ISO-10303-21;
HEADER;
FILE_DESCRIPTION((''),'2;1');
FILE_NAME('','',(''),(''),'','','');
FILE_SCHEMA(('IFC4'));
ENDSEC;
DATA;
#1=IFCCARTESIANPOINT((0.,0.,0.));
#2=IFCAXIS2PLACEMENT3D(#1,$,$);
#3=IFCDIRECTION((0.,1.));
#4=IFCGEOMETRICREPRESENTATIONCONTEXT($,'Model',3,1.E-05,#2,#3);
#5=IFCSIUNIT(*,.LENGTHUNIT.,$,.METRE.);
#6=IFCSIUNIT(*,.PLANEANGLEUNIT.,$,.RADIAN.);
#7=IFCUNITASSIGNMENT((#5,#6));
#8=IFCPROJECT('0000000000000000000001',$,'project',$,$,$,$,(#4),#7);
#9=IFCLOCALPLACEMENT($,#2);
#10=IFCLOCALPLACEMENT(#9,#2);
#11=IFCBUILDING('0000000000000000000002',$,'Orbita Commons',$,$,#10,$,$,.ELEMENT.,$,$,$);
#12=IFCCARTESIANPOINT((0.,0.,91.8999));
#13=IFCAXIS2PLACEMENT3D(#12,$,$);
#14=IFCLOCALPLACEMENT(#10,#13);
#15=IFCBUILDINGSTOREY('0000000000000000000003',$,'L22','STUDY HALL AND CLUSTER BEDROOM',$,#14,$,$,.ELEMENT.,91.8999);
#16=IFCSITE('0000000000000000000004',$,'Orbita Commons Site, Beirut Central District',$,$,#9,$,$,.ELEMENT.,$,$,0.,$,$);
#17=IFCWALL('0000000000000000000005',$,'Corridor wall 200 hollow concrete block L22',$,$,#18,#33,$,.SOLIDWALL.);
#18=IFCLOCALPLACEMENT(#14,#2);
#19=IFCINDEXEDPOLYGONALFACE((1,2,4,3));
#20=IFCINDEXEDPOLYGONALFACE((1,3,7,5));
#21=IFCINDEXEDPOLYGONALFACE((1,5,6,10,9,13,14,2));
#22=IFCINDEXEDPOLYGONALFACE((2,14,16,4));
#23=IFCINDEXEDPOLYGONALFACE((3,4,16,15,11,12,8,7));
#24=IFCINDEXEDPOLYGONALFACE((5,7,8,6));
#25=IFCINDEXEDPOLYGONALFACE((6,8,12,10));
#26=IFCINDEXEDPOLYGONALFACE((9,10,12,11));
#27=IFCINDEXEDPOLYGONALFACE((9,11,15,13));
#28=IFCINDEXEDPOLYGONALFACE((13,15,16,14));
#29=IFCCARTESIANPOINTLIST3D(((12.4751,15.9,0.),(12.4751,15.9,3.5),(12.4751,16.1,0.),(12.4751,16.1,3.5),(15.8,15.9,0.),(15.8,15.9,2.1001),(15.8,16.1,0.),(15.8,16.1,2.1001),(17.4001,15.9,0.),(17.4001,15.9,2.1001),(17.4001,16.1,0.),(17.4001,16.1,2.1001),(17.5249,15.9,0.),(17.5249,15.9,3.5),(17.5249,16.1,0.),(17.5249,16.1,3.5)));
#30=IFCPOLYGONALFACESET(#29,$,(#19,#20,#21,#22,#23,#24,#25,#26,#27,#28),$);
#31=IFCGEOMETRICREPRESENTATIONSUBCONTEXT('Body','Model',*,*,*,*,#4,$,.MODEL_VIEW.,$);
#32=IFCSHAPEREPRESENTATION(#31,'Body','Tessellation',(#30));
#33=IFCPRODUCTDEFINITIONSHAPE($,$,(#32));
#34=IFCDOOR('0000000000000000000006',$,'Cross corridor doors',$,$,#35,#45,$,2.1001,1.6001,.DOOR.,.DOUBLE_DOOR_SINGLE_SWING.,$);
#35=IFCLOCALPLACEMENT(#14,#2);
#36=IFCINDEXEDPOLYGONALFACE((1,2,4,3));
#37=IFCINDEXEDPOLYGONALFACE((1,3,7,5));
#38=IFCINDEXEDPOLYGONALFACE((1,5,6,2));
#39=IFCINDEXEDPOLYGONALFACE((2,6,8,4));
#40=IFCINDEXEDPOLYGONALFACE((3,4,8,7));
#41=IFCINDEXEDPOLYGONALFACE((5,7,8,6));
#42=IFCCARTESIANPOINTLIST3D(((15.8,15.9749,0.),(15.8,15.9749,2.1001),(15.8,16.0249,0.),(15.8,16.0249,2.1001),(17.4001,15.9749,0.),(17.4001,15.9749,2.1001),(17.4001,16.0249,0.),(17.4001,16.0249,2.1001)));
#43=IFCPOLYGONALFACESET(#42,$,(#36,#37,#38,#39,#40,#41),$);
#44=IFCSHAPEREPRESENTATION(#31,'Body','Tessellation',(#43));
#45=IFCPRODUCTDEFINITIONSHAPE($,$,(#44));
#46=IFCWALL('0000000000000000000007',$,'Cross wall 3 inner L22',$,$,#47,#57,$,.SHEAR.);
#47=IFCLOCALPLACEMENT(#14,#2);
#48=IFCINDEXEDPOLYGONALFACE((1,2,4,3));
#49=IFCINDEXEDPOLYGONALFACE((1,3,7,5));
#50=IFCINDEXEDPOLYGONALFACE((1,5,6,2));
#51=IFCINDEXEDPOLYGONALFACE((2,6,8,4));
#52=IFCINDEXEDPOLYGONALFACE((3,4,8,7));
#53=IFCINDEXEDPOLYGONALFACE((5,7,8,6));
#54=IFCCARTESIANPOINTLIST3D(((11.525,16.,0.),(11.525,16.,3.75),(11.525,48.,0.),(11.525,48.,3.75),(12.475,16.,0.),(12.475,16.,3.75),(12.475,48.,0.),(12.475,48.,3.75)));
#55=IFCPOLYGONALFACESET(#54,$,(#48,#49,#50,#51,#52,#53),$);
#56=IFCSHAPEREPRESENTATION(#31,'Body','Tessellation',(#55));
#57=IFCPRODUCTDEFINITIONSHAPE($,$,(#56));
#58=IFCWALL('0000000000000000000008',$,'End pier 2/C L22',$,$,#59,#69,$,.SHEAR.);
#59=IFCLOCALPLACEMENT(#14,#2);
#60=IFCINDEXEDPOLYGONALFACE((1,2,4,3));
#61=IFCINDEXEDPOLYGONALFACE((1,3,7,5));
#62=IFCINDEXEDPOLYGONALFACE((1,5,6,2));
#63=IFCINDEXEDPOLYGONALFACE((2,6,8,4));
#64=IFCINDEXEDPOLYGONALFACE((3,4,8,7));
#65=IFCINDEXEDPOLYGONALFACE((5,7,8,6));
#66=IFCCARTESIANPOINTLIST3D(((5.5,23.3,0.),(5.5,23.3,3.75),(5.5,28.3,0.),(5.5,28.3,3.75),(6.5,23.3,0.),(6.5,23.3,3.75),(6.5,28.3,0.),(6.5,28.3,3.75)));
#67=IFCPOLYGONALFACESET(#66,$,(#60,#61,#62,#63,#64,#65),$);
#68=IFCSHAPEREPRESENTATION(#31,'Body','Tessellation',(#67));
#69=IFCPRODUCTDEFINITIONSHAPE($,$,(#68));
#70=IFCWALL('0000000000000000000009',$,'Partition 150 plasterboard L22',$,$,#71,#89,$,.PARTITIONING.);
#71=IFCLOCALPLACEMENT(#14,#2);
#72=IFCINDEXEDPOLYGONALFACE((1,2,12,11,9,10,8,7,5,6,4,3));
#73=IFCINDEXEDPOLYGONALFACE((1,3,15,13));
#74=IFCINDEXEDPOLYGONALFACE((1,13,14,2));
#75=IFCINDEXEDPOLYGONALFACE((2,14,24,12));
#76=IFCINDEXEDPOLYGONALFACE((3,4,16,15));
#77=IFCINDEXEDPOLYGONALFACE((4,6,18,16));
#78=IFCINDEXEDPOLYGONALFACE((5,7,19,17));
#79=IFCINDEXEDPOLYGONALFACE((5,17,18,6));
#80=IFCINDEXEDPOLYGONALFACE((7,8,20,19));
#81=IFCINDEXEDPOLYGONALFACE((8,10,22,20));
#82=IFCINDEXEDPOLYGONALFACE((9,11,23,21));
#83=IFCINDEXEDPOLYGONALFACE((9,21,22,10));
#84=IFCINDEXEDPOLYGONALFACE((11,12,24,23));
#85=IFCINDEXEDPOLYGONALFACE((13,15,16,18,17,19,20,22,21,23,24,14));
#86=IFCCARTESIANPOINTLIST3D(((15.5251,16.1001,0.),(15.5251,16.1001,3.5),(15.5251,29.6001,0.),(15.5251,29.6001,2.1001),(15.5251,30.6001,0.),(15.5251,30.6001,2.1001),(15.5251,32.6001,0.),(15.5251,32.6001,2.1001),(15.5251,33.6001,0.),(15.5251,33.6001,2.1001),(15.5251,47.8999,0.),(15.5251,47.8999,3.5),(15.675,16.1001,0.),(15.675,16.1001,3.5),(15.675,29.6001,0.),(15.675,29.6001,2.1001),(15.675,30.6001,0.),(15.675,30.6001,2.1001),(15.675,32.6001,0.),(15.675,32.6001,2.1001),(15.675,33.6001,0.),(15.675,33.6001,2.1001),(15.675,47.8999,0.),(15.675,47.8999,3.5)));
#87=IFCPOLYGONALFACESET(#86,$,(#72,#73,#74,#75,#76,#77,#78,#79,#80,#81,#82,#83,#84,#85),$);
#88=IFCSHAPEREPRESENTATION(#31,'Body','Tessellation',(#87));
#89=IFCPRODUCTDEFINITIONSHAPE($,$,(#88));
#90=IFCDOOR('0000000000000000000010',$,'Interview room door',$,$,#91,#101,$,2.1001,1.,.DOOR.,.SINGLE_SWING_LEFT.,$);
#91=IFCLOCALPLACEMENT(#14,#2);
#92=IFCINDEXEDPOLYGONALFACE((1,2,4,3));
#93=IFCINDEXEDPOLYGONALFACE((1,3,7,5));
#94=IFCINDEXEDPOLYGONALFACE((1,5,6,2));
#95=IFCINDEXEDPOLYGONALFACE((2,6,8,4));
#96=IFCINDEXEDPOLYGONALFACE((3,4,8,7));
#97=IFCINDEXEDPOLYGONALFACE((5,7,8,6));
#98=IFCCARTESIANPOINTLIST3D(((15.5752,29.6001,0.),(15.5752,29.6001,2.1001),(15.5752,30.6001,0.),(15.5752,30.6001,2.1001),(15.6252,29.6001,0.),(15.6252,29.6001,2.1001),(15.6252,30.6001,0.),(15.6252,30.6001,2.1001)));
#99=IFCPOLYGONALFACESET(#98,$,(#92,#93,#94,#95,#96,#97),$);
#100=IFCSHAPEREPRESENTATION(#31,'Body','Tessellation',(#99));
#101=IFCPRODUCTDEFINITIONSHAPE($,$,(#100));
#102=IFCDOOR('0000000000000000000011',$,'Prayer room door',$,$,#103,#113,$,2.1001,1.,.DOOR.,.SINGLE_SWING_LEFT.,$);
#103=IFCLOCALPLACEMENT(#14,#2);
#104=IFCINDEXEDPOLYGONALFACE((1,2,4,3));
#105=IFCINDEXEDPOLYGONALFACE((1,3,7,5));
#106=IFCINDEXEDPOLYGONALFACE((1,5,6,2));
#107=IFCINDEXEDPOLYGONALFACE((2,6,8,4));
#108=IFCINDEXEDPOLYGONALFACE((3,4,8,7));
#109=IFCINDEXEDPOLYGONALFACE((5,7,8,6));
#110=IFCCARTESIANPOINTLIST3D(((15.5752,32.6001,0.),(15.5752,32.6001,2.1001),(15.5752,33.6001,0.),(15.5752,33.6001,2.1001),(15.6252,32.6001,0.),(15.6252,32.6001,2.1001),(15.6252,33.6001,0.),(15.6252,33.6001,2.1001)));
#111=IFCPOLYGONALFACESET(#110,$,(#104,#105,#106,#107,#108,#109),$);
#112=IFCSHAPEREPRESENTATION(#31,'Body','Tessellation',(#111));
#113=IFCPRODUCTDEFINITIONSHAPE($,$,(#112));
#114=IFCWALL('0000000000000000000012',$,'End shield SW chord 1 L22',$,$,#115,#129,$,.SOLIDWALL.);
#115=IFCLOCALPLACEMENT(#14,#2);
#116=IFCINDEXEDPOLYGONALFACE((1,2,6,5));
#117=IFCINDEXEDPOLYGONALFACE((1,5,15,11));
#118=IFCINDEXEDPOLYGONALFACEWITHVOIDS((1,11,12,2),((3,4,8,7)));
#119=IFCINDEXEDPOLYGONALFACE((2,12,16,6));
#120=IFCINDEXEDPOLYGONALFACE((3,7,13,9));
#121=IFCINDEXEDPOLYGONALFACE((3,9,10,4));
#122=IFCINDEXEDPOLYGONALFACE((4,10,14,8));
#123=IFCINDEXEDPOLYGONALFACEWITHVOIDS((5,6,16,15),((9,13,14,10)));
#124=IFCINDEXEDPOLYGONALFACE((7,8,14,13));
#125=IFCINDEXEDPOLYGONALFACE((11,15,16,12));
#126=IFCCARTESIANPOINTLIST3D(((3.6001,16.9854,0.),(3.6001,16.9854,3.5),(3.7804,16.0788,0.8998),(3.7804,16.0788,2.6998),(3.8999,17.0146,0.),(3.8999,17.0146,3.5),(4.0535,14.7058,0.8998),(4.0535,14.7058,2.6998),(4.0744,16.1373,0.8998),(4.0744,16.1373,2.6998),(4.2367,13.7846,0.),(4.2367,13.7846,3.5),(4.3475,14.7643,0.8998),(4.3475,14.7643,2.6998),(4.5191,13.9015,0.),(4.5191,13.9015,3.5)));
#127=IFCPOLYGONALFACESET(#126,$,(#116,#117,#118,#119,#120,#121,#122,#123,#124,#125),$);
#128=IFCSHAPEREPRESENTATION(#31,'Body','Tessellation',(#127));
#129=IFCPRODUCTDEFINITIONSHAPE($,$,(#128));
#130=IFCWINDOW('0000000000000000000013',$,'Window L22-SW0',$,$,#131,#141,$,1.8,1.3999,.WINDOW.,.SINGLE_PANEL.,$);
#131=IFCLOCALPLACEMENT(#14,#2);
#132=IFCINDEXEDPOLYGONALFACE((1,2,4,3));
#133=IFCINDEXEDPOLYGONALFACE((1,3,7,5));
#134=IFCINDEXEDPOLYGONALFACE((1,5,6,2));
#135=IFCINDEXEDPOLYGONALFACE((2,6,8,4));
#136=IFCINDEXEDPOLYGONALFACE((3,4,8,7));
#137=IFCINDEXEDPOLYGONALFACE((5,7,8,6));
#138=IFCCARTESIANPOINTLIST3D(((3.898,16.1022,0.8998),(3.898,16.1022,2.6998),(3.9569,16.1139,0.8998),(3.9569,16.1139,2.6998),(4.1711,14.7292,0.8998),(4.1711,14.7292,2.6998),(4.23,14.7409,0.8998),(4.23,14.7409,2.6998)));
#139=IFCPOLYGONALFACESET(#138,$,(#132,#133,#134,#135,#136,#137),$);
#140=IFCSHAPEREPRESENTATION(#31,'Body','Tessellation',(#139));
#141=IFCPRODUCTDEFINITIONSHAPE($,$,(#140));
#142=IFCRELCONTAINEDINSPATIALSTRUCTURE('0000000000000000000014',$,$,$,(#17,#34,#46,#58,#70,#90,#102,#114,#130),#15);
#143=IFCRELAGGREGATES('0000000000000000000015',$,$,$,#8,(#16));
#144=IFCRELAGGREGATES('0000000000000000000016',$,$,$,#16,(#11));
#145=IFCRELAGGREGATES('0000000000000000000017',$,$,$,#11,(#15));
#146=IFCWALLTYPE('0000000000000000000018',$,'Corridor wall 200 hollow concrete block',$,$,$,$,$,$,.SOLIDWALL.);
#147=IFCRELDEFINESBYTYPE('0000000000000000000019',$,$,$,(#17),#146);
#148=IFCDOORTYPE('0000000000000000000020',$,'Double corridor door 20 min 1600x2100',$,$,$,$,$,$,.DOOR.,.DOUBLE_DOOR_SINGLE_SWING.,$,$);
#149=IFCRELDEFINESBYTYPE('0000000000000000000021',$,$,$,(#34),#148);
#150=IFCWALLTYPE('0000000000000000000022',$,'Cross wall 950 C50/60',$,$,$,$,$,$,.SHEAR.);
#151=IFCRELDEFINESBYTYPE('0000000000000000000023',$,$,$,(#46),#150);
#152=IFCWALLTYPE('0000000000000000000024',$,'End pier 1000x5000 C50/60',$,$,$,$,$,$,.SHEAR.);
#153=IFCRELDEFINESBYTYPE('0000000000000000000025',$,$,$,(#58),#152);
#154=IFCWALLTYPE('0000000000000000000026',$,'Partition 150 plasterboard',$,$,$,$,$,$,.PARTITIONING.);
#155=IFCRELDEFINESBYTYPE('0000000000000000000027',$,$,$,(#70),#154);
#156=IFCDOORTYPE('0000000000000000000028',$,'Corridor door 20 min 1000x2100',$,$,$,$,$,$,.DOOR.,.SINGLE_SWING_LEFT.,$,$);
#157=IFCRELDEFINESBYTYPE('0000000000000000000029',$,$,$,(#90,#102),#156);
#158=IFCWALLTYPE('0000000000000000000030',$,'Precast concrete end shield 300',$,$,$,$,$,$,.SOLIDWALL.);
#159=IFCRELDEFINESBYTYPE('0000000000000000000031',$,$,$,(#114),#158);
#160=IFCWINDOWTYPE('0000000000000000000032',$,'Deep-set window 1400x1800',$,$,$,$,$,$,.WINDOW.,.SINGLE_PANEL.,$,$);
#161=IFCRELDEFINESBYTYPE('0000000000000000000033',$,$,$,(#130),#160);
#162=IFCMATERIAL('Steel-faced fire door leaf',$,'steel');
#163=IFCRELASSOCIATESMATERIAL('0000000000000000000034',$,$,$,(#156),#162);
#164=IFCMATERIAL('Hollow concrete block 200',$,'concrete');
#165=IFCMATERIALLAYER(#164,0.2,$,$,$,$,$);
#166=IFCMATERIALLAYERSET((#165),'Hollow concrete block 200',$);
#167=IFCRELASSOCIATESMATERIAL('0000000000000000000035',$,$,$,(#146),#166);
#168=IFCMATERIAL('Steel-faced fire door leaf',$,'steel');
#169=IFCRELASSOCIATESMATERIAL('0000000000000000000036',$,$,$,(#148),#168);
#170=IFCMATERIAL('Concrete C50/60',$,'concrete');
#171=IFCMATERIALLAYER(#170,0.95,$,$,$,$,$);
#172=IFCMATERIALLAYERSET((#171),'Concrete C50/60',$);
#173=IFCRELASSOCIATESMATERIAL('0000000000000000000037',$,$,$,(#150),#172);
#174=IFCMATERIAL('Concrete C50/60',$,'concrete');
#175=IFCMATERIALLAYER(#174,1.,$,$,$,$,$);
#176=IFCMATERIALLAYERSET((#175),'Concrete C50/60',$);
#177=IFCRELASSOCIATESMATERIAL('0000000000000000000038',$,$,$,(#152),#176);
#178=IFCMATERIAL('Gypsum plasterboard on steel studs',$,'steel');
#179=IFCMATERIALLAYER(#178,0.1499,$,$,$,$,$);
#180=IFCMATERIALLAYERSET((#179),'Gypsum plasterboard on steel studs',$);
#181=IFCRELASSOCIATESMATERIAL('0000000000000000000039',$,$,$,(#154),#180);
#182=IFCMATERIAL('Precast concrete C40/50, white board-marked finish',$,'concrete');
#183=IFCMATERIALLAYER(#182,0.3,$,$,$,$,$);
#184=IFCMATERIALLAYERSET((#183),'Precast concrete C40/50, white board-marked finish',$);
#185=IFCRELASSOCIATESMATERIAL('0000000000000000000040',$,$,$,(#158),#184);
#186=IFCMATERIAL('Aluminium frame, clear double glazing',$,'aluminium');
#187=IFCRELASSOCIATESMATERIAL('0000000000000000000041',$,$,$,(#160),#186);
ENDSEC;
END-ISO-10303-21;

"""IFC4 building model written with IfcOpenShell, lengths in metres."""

from ifc_helpers import new_model, si_unit, direction, frame, frame_2d, origin, place, context, subcontext, project, spatial, polyline, rectangle, outline, extrude, material, layer, layer_set, type_object, element, fill, save


model = new_model("IFC4")

# Units and contexts
model_context = context("Model", 3, precision=1e-05, world=origin(), true_north=direction((0.0, 1.0)))
body_context = subcontext(model_context, "Body", "Model", "MODEL_VIEW")
ifc_project = project(units=[si_unit("LENGTHUNIT", "METRE"), si_unit("PLANEANGLEUNIT", "RADIAN")], contexts=[model_context])

# Site, building, storey
site_placement = place(None, origin())
site = spatial("IfcSite", under=ifc_project, at=site_placement, Name="Orbita Commons Site, Beirut Central District", CompositionType="ELEMENT", RefElevation=0.0)
building_placement = place(site_placement, origin())
building = spatial("IfcBuilding", under=site, at=building_placement, Name="Orbita Commons", CompositionType="ELEMENT")
storey_placement = place(building_placement, frame((0.0, 0.0, 91.8999)))
storey = spatial("IfcBuildingStorey", under=building, at=storey_placement, Name="L22", Description="STUDY HALL AND CLUSTER BEDROOM", CompositionType="ELEMENT", Elevation=91.8999)

# Wall, opening, door
ifc_material_1 = material(Name="Steel-faced fire door leaf", Category="steel")
door_type_1 = type_object("IfcDoorType", Name="Corridor door 20 min 1000x2100", OperationType="SINGLE_SWING_LEFT", PredefinedType="DOOR", material=ifc_material_1)
ifc_material_2 = material(Name="Hollow concrete block 200", Category="concrete")
ifc_layer_1 = layer(ifc_material_2, 0.2)
ifc_layer_set_1 = layer_set([ifc_layer_1], Name="Hollow concrete block 200")
wall_type_1 = type_object("IfcWallType", Name="Corridor wall 200 hollow concrete block", PredefinedType="SOLIDWALL", material=ifc_layer_set_1)
wall_1_placement = place(storey_placement, frame((12.4751, 16.0, 0.0), z_axis=(0.0, 0.0, 1.0), x_axis=(1.0, 0.0, 0.0)))
wall_1 = element("IfcWall", 1, at=wall_1_placement, inside=storey, type_object=wall_type_1, Name="Corridor wall 200 hollow concrete block L22", PredefinedType="SOLIDWALL", context=body_context, shape_type="SweptSolid", body=[
    extrude(rectangle(XDim=5.0498, YDim=0.2, at=frame_2d((2.5249, 0.0))), origin(), (0.0, 0.0, 1.0), 3.5),
])
opening_1_placement = place(wall_1_placement, frame((3.325, 0.0, 0.0)))
opening_1 = element("IfcOpeningElement", 2, at=opening_1_placement, cuts=wall_1, PredefinedType="OPENING", context=body_context, shape_type="SweptSolid", body=[
    extrude(rectangle(XDim=1.6001, YDim=2.1001, at=frame_2d((0.8, 1.05))), frame((0.0, 0.1099, 0.0), z_axis=(0.0, -1.0, 0.0), x_axis=(1.0, 0.0, 0.0)), (0.0, 0.0, 1.0), 0.22),
])
ifc_material_3 = material(Name="Steel-faced fire door leaf", Category="steel")
door_type_2 = type_object("IfcDoorType", Name="Double corridor door 20 min 1600x2100", OperationType="DOUBLE_DOOR_SINGLE_SWING", PredefinedType="DOOR", material=ifc_material_3)
door_1_placement = place(opening_1_placement, origin())
door_1 = element("IfcDoor", 3, at=door_1_placement, inside=storey, type_object=door_type_2, Name="Cross corridor doors", OperationType="DOUBLE_DOOR_SINGLE_SWING", OverallHeight=2.1001, OverallWidth=1.6001, PredefinedType="DOOR", context=body_context, shape_type="SweptSolid", body=[
    extrude(rectangle(XDim=1.6001, YDim=2.1001, at=frame_2d((0.8, 1.05))), frame((0.0, 0.0249, 0.0), z_axis=(0.0, -1.0, 0.0), x_axis=(1.0, 0.0, 0.0)), (0.0, 0.0, 1.0), 0.05),
])
fill(opening_1, door_1)

# Walls
ifc_material_4 = material(Name="Concrete C50/60", Category="concrete")
ifc_layer_2 = layer(ifc_material_4, 0.95)
ifc_layer_set_2 = layer_set([ifc_layer_2], Name="Concrete C50/60")
wall_type_2 = type_object("IfcWallType", Name="Cross wall 950 C50/60", PredefinedType="SHEAR", material=ifc_layer_set_2)
wall_2_placement = place(storey_placement, frame((12.0, 16.0, 0.0), z_axis=(0.0, 0.0, 1.0), x_axis=(0.0, 1.0, 0.0)))
element("IfcWall", 4, at=wall_2_placement, inside=storey, type_object=wall_type_2, Name="Cross wall 3 inner L22", PredefinedType="SHEAR", context=body_context, shape_type="SweptSolid", body=[
    extrude(rectangle(XDim=32.0, YDim=0.95, at=frame_2d((16.0, 0.0))), origin(), (0.0, 0.0, 1.0), 3.75),
])
ifc_material_5 = material(Name="Concrete C50/60", Category="concrete")
ifc_layer_3 = layer(ifc_material_5, 1.0)
ifc_layer_set_3 = layer_set([ifc_layer_3], Name="Concrete C50/60")
wall_type_3 = type_object("IfcWallType", Name="End pier 1000x5000 C50/60", PredefinedType="SHEAR", material=ifc_layer_set_3)
wall_3_placement = place(storey_placement, frame((6.0, 23.3, 0.0), z_axis=(0.0, 0.0, 1.0), x_axis=(0.0, 1.0, 0.0)))
element("IfcWall", 5, at=wall_3_placement, inside=storey, type_object=wall_type_3, Name="End pier 2/C L22", PredefinedType="SHEAR", context=body_context, shape_type="SweptSolid", body=[
    extrude(rectangle(XDim=5.0, YDim=1.0, at=frame_2d((2.5, 0.0))), origin(), (0.0, 0.0, 1.0), 3.75),
])

# Wall, openings, doors
ifc_material_6 = material(Name="Gypsum plasterboard on steel studs", Category="steel")
ifc_layer_4 = layer(ifc_material_6, 0.1499)
ifc_layer_set_4 = layer_set([ifc_layer_4], Name="Gypsum plasterboard on steel studs")
wall_type_4 = type_object("IfcWallType", Name="Partition 150 plasterboard", PredefinedType="PARTITIONING", material=ifc_layer_set_4)
wall_4_placement = place(storey_placement, frame((15.6001, 16.1001, 0.0), z_axis=(0.0, 0.0, 1.0), x_axis=(0.0, 1.0, 0.0)))
wall_4 = element("IfcWall", 6, at=wall_4_placement, inside=storey, type_object=wall_type_4, Name="Partition 150 plasterboard L22", PredefinedType="PARTITIONING", context=body_context, shape_type="SweptSolid", body=[
    extrude(rectangle(XDim=31.7998, YDim=0.1499, at=frame_2d((15.8999, 0.0))), origin(), (0.0, 0.0, 1.0), 3.5),
])
opening_2_placement = place(wall_4_placement, frame((13.5, 0.0, 0.0)))
opening_2 = element("IfcOpeningElement", 7, at=opening_2_placement, cuts=wall_4, PredefinedType="OPENING", context=body_context, shape_type="SweptSolid", body=[
    extrude(rectangle(XDim=1.0, YDim=2.1001, at=frame_2d((0.5, 1.05))), frame((0.0, 0.085, 0.0), z_axis=(0.0, -1.0, 0.0), x_axis=(1.0, 0.0, 0.0)), (0.0, 0.0, 1.0), 0.1699),
])
opening_3_placement = place(wall_4_placement, frame((16.5, 0.0, 0.0)))
opening_3 = element("IfcOpeningElement", 8, at=opening_3_placement, cuts=wall_4, PredefinedType="OPENING", context=body_context, shape_type="SweptSolid", body=[
    extrude(rectangle(XDim=1.0, YDim=2.1001, at=frame_2d((0.5, 1.05))), frame((0.0, 0.085, 0.0), z_axis=(0.0, -1.0, 0.0), x_axis=(1.0, 0.0, 0.0)), (0.0, 0.0, 1.0), 0.1699),
])
door_2_placement = place(opening_2_placement, origin())
door_2 = element("IfcDoor", 9, at=door_2_placement, inside=storey, type_object=door_type_1, Name="Interview room door", OperationType="SINGLE_SWING_LEFT", OverallHeight=2.1001, OverallWidth=1.0, PredefinedType="DOOR", context=body_context, shape_type="SweptSolid", body=[
    extrude(rectangle(XDim=1.0, YDim=2.1001, at=frame_2d((0.5, 1.05))), frame((0.0, 0.0249, 0.0), z_axis=(0.0, -1.0, 0.0), x_axis=(1.0, 0.0, 0.0)), (0.0, 0.0, 1.0), 0.05),
])
fill(opening_2, door_2)
door_3_placement = place(opening_3_placement, origin())
door_3 = element("IfcDoor", 10, at=door_3_placement, inside=storey, type_object=door_type_1, Name="Prayer room door", OperationType="SINGLE_SWING_LEFT", OverallHeight=2.1001, OverallWidth=1.0, PredefinedType="DOOR", context=body_context, shape_type="SweptSolid", body=[
    extrude(rectangle(XDim=1.0, YDim=2.1001, at=frame_2d((0.5, 1.05))), frame((0.0, 0.0249, 0.0), z_axis=(0.0, -1.0, 0.0), x_axis=(1.0, 0.0, 0.0)), (0.0, 0.0, 1.0), 0.05),
])
fill(opening_3, door_3)

# Wall, opening, window
ifc_material_7 = material(Name="Precast concrete C40/50, white board-marked finish", Category="concrete")
ifc_layer_5 = layer(ifc_material_7, 0.3)
ifc_layer_set_5 = layer_set([ifc_layer_5], Name="Precast concrete C40/50, white board-marked finish")
wall_type_5 = type_object("IfcWallType", Name="Precast concrete end shield 300", PredefinedType="SOLIDWALL", material=ifc_layer_set_5)
wall_5_placement = place(storey_placement, frame((3.75, 17.0, 0.0), z_axis=(0.0, 0.0, 1.0), x_axis=(0.19508, -0.980787, 0.0)))
wall_5 = element("IfcWall", 11, at=wall_5_placement, inside=storey, type_object=wall_type_5, Name="End shield SW chord 1 L22", PredefinedType="SOLIDWALL", context=body_context, shape_type="SweptSolid", body=[
    extrude(outline(polyline([(-0.0149, -0.1499), (3.2485, -0.1499), (3.189, 0.1499), (0.0149, 0.1499), (-0.0149, -0.1499)])), origin(), (0.0, 0.0, 1.0), 3.5),
])
opening_4_placement = place(wall_5_placement, frame((0.9094, 0.0, 0.8999)))
opening_4 = element("IfcOpeningElement", 12, at=opening_4_placement, cuts=wall_5, PredefinedType="OPENING", context=body_context, shape_type="SweptSolid", body=[
    extrude(rectangle(XDim=1.3999, YDim=1.8, at=frame_2d((0.7, 0.8999))), frame((0.0, 0.1599, 0.0), z_axis=(0.0, -1.0, 0.0), x_axis=(1.0, 0.0, 0.0)), (0.0, 0.0, 1.0), 0.3201),
])
ifc_material_8 = material(Name="Aluminium frame, clear double glazing", Category="aluminium")
window_type = type_object("IfcWindowType", Name="Deep-set window 1400x1800", PartitioningType="SINGLE_PANEL", PredefinedType="WINDOW", material=ifc_material_8)
window_1_placement = place(opening_4_placement, origin())
window_1 = element("IfcWindow", 13, at=window_1_placement, inside=storey, type_object=window_type, Name="Window L22-SW0", OverallHeight=1.8, OverallWidth=1.3999, PartitioningType="SINGLE_PANEL", PredefinedType="WINDOW", context=body_context, shape_type="SweptSolid", body=[
    extrude(rectangle(XDim=1.3999, YDim=1.8, at=frame_2d((0.7, 0.8999))), frame((0.0, 0.03, 0.0), z_axis=(0.0, -1.0, 0.0), x_axis=(1.0, 0.0, 0.0)), (0.0, 0.0, 1.0), 0.0601),
])
fill(opening_4, window_1)

save(model, "model.ifc")
